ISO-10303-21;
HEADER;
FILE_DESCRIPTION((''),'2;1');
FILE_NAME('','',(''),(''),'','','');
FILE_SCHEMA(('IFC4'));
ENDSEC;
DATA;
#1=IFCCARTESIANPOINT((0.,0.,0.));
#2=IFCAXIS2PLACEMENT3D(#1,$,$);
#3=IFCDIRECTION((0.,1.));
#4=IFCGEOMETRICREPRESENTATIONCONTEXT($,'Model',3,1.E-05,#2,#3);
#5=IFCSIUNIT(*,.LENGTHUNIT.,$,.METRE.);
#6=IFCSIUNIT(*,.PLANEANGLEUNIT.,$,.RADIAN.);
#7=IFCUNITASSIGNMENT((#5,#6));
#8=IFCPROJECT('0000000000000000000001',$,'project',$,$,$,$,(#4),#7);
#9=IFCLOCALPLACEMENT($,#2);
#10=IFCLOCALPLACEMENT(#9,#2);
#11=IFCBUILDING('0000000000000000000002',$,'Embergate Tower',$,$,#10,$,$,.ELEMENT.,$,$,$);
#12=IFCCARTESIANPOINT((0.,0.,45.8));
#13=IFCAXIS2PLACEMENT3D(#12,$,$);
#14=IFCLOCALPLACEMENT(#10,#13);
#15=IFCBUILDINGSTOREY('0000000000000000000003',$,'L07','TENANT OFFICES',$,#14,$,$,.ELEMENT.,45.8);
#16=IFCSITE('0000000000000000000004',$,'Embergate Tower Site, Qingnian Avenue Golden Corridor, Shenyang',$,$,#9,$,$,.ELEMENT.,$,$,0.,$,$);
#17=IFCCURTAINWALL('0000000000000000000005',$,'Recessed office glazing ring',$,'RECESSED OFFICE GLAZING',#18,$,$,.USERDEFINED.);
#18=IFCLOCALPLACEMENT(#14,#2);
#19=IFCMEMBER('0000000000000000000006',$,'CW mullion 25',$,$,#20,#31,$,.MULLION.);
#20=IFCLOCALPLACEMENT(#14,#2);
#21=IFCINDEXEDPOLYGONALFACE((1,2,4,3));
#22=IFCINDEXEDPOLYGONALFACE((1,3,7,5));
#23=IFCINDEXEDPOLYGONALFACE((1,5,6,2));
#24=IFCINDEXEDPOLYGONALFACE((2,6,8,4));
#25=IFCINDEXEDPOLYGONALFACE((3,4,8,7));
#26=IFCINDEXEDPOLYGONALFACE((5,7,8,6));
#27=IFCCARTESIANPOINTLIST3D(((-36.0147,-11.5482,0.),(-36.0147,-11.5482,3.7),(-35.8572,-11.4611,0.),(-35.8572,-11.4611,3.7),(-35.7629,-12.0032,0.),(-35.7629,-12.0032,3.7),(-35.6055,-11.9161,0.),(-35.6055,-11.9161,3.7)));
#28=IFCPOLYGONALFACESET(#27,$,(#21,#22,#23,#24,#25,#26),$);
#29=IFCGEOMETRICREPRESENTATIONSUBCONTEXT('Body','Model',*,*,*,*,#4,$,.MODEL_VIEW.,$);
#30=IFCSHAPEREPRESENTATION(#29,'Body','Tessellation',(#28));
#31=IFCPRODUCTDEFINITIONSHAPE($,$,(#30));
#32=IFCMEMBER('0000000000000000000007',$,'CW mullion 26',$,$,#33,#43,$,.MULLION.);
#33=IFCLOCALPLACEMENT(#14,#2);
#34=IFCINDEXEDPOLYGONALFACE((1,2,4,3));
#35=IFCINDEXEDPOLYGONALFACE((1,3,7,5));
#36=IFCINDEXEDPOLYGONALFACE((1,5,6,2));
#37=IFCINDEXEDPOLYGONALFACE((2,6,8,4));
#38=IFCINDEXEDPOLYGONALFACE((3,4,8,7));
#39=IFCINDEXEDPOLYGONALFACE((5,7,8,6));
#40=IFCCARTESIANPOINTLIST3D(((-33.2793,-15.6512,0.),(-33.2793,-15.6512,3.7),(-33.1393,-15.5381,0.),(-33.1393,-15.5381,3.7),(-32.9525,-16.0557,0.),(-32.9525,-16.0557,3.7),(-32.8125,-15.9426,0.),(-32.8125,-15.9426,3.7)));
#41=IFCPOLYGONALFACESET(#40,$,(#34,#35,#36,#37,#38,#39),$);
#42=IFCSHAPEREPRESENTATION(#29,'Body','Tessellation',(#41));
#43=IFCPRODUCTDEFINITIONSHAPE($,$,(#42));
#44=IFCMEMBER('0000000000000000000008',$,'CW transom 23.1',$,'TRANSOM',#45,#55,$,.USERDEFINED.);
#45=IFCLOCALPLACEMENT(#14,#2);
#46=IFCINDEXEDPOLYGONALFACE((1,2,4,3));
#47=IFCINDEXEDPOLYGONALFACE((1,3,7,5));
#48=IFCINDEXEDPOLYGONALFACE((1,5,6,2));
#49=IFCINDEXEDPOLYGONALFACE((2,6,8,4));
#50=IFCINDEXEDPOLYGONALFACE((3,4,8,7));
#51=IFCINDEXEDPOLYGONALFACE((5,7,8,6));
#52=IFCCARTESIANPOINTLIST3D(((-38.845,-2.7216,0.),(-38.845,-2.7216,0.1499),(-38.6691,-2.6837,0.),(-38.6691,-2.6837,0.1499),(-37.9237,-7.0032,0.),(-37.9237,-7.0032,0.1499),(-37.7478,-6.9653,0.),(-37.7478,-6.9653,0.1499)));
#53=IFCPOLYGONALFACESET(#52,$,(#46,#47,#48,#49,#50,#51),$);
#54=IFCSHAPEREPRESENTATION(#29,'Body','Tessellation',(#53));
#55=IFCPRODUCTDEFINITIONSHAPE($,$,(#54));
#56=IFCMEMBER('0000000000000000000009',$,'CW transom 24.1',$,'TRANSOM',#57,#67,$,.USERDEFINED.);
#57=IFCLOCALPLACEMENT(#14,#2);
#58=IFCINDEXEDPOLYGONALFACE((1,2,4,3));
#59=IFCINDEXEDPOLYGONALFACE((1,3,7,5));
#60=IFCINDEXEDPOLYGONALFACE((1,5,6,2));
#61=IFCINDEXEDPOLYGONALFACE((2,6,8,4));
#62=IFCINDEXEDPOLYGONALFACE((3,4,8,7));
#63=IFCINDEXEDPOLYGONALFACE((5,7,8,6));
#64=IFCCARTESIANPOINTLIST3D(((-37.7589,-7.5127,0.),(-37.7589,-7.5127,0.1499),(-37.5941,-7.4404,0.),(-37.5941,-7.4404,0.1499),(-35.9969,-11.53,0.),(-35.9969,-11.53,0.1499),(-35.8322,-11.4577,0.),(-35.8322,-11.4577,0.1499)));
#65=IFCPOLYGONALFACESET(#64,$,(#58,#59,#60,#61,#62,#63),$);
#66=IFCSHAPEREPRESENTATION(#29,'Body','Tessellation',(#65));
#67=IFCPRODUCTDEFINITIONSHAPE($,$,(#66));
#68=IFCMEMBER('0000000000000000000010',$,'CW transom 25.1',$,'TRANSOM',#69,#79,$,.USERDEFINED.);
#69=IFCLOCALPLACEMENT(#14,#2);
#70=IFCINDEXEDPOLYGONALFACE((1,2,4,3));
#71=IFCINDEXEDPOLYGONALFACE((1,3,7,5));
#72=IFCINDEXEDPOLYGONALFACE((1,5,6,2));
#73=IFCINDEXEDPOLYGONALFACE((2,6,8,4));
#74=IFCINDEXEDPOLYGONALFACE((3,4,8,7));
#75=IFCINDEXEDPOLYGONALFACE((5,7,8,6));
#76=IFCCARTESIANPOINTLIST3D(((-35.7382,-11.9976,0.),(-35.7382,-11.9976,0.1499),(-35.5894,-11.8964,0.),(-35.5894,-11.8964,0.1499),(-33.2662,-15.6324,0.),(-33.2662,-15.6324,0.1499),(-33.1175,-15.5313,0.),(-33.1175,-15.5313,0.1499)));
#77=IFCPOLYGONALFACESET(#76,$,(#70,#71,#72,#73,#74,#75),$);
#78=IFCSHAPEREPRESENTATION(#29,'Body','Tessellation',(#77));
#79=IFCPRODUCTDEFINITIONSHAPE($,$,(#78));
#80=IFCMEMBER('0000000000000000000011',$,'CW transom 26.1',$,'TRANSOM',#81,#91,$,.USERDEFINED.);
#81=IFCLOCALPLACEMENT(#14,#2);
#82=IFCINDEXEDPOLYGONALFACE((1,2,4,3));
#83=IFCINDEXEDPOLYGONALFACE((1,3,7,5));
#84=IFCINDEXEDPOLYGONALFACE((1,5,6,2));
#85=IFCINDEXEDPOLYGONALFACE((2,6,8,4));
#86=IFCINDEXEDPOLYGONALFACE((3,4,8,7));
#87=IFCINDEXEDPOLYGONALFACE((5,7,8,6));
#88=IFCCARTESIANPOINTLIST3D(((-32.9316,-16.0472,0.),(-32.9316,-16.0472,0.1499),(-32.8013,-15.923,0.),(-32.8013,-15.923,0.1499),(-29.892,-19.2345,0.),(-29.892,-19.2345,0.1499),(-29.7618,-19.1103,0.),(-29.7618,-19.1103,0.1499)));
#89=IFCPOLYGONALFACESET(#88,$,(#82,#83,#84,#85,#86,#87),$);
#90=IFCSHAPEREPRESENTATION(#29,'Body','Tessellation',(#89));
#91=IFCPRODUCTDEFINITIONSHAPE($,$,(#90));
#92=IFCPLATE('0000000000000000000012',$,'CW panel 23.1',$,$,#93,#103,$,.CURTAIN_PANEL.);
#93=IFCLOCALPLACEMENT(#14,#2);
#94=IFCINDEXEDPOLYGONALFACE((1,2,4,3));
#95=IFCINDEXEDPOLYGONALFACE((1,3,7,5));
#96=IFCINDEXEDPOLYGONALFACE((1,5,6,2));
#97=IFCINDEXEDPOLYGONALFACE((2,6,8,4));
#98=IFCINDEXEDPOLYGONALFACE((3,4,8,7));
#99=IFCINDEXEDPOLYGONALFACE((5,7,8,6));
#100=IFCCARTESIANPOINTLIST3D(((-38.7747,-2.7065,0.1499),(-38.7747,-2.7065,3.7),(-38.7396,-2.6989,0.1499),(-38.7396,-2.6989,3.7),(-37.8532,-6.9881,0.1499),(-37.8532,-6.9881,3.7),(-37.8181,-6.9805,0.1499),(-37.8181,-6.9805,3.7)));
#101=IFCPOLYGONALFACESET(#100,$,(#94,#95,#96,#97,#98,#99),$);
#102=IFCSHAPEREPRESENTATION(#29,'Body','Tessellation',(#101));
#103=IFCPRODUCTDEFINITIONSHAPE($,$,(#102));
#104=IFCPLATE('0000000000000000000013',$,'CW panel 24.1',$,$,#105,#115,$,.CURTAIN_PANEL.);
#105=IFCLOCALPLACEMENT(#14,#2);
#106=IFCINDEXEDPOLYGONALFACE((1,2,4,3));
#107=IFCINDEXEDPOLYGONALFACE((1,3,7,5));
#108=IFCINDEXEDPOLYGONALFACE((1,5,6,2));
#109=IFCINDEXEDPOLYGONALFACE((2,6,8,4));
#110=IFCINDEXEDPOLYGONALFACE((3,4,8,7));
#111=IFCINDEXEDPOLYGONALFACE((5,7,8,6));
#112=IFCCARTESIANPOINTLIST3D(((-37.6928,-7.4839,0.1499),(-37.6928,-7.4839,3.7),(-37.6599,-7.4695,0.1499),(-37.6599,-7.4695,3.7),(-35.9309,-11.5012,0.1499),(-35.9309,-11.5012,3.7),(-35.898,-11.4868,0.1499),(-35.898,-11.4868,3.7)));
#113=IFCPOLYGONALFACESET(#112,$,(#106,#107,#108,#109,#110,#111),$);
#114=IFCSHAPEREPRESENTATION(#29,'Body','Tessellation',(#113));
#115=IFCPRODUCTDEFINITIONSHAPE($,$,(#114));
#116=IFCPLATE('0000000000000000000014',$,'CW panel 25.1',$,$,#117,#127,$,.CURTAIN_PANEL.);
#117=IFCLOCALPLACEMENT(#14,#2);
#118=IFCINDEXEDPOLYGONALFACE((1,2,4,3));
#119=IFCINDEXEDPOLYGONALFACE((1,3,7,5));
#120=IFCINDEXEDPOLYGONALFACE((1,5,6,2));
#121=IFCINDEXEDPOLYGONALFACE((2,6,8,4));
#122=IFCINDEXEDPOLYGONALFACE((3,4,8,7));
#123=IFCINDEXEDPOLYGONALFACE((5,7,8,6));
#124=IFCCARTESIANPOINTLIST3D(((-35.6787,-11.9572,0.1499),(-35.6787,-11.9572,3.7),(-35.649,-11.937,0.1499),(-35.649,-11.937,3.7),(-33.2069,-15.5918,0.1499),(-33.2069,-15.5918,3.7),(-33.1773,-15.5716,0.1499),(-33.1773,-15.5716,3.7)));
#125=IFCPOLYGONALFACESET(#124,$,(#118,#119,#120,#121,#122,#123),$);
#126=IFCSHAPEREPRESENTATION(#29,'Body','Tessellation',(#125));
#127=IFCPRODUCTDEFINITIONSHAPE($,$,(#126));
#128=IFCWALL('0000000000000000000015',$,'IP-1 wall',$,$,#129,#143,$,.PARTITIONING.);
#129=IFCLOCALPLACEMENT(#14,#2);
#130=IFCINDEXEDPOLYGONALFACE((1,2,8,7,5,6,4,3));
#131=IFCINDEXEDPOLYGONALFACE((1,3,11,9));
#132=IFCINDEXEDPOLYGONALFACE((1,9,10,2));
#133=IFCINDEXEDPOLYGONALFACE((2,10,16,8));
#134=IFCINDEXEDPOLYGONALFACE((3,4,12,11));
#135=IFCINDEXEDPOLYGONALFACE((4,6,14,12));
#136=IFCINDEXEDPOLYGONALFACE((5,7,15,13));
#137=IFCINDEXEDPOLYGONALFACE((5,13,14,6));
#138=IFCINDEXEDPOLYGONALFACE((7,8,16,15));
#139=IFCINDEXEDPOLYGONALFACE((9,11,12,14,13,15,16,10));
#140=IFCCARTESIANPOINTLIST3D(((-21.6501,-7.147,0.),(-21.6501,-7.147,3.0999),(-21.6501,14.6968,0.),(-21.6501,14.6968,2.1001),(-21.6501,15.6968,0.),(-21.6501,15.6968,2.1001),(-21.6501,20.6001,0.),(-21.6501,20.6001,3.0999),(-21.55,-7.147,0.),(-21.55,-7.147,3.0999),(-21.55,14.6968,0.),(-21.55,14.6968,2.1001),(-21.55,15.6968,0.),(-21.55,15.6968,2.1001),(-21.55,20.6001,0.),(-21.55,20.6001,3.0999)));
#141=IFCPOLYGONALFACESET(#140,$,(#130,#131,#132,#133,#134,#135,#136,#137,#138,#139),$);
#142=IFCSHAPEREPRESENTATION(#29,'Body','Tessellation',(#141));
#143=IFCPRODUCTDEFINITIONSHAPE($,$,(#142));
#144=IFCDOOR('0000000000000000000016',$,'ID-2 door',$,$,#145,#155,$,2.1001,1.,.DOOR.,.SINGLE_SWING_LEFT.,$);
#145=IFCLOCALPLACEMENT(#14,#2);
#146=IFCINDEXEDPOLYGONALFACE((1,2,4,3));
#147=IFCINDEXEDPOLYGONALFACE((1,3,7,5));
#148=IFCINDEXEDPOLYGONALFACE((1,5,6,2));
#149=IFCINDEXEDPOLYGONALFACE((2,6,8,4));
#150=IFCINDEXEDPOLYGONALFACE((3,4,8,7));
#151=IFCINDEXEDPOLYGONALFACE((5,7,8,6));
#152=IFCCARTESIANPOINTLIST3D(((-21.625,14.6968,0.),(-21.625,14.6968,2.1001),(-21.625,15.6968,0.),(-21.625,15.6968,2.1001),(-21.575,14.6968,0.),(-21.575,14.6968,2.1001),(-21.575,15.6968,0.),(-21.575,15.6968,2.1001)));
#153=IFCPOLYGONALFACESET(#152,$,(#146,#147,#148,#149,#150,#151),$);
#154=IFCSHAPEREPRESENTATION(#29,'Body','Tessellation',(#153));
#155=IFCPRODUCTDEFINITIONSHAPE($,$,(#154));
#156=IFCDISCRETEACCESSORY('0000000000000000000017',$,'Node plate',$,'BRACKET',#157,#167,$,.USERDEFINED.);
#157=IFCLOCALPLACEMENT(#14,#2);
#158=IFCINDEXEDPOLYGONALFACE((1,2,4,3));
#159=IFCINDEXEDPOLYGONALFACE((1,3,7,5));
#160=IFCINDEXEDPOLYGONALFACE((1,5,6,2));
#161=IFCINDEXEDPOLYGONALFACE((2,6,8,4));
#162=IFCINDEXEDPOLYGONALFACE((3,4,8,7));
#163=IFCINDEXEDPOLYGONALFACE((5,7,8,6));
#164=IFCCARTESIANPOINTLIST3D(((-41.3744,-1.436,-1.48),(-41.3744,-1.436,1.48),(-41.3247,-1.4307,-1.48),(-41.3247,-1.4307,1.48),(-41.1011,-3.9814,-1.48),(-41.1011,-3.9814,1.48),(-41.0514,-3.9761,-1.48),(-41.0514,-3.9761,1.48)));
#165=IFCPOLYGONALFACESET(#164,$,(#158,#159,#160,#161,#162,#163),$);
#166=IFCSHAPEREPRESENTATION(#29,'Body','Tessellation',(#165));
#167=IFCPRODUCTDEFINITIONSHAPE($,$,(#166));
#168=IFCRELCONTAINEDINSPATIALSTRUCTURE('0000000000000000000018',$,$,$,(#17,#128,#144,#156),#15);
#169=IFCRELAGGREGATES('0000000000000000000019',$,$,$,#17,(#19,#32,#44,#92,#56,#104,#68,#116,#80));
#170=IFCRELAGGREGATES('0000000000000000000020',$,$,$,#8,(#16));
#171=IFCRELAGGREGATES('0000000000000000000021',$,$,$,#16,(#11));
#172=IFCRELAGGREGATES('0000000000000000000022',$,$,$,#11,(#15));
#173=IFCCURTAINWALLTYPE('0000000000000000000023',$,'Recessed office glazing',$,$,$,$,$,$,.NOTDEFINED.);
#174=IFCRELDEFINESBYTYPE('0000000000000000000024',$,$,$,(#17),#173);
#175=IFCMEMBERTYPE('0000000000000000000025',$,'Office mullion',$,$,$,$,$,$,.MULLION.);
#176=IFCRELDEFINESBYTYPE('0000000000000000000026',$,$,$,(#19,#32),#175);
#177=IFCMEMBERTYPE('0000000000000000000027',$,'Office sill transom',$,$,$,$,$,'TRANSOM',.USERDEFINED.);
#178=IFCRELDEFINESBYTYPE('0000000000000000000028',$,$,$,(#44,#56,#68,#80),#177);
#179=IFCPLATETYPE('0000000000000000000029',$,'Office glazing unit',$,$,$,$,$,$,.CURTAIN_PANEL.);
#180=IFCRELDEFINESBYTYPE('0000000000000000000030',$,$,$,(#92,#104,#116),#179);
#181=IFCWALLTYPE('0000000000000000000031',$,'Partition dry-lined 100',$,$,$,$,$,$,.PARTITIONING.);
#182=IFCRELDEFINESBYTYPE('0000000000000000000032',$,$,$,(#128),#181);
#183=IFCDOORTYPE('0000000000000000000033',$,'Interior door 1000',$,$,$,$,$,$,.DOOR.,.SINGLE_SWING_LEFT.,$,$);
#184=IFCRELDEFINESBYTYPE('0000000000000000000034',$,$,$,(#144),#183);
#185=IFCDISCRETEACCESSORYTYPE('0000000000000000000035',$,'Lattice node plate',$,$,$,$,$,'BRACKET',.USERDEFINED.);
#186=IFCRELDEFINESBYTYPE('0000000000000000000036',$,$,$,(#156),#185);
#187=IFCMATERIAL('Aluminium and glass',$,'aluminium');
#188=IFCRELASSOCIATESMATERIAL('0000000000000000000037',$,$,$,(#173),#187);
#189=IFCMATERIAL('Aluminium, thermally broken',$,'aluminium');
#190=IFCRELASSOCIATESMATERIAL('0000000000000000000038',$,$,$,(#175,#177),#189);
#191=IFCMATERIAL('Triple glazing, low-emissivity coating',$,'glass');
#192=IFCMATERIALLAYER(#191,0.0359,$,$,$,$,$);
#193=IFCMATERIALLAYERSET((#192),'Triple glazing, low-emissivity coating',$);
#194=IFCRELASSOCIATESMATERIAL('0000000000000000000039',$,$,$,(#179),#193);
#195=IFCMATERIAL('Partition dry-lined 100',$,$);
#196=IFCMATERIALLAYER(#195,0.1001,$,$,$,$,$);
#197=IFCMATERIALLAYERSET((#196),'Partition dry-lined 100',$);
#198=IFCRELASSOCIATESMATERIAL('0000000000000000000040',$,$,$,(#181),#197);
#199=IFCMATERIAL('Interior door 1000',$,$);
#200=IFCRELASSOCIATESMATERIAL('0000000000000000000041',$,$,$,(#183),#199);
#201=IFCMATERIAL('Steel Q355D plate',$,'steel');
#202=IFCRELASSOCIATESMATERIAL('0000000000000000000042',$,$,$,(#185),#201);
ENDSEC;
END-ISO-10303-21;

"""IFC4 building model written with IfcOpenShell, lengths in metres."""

from ifc_helpers import new_model, si_unit, direction, frame, frame_2d, origin, origin_2d, place, context, subcontext, project, spatial, rectangle, extrude, source, transform, mapped, material, layer, layer_set, material_profile, profile_set, type_object, element, fill, aggregate, save


model = new_model("IFC4")

# Units and contexts
model_context = context("Model", 3, precision=1e-05, world=origin(), true_north=direction((0.0, 1.0)))
body_context = subcontext(model_context, "Body", "Model", "MODEL_VIEW")
ifc_project = project(units=[si_unit("LENGTHUNIT", "METRE"), si_unit("PLANEANGLEUNIT", "RADIAN")], contexts=[model_context])

# Site, building, storey
site_placement = place(None, origin())
site = spatial("IfcSite", under=ifc_project, at=site_placement, Name="Embergate Tower Site, Qingnian Avenue Golden Corridor, Shenyang", CompositionType="ELEMENT", RefElevation=0.0)
building_placement = place(site_placement, origin())
building = spatial("IfcBuilding", under=site, at=building_placement, Name="Embergate Tower", CompositionType="ELEMENT")
storey_placement = place(building_placement, frame((0.0, 0.0, 45.8)))
storey = spatial("IfcBuildingStorey", under=building, at=storey_placement, Name="L07", Description="TENANT OFFICES", CompositionType="ELEMENT", Elevation=45.8)

# Curtain wall, members, plates
ifc_material_1 = material(Name="Aluminium and glass", Category="aluminium")
curtain_wall_type = type_object("IfcCurtainWallType", Name="Recessed office glazing", PredefinedType="NOTDEFINED", material=ifc_material_1)
curtain_wall_placement = place(storey_placement, origin())
curtain_wall = element("IfcCurtainWall", 1, at=curtain_wall_placement, inside=storey, type_object=curtain_wall_type, Name="Recessed office glazing ring", ObjectType="RECESSED OFFICE GLAZING", PredefinedType="USERDEFINED")
ifc_material_2 = material(Name="Aluminium, thermally broken", Category="aluminium")
ifc_material_profile_1 = material_profile(ifc_material_2, rectangle(XDim=0.1799, YDim=0.52, at=origin_2d()), Name="AL 520x180")
ifc_profile_set_1 = profile_set([ifc_material_profile_1], Name="Aluminium, thermally broken")
member_type_1 = type_object("IfcMemberType", Name="Office mullion", PredefinedType="MULLION", material=ifc_profile_set_1)
shared_shape_1 = source(origin(), body_context, "Body", "SweptSolid", [
    extrude(rectangle(XDim=0.1799, YDim=0.52, at=origin_2d()), origin(), (0.0, 0.0, 1.0), 3.7),
])
member_1_placement = place(storey_placement, frame((-35.8101, -11.7322, 0.0), z_axis=(0.0, 0.0, 1.0), x_axis=(0.875004, 0.484115, 0.0)))
member_1 = element("IfcMember", 2, at=member_1_placement, type_object=member_type_1, Name="CW mullion 25", PredefinedType="MULLION", context=body_context, shape_type="MappedRepresentation", body=[
    mapped(shared_shape_1, transform((0.0, 0.0, 0.0))),
])
member_2_placement = place(storey_placement, frame((-33.0459, -15.7969, 0.0), z_axis=(0.0, 0.0, 1.0), x_axis=(0.777876, 0.628418, 0.0)))
member_2 = element("IfcMember", 3, at=member_2_placement, type_object=member_type_1, Name="CW mullion 26", PredefinedType="MULLION", context=body_context, shape_type="MappedRepresentation", body=[
    mapped(shared_shape_1, transform((0.0, 0.0, 0.0))),
])
ifc_material_profile_2 = material_profile(ifc_material_2, rectangle(XDim=0.1799, YDim=0.1499, at=origin_2d()), Name="AL 150x180")
ifc_profile_set_2 = profile_set([ifc_material_profile_2], Name="Aluminium, thermally broken")
member_type_2 = type_object("IfcMemberType", Name="Office sill transom", ElementType="TRANSOM", PredefinedType="USERDEFINED", material=ifc_profile_set_2)
shared_shape_2 = source(origin(), body_context, "Body", "SweptSolid", [
    extrude(rectangle(XDim=0.1799, YDim=0.1499, at=origin_2d()), origin(), (0.0, 0.0, 1.0), 4.3796),
])
member_3_placement = place(storey_placement, frame((-38.7571, -2.7026, 0.075), z_axis=(0.210374, -0.977621, 0.0), x_axis=(0.977621, 0.210374, 0.0)))
member_3 = element("IfcMember", 4, at=member_3_placement, type_object=member_type_2, Name="CW transom 23.1", ObjectType="TRANSOM", PredefinedType="USERDEFINED", context=body_context, shape_type="MappedRepresentation", body=[
    mapped(shared_shape_2, transform((0.0, 0.0, 0.0))),
])
shared_shape_3 = source(origin(), body_context, "Body", "SweptSolid", [
    extrude(rectangle(XDim=0.1799, YDim=0.1499, at=origin_2d()), origin(), (0.0, 0.0, 1.0), 4.3867),
])
member_4_placement = place(storey_placement, frame((-37.6765, -7.4766, 0.075), z_axis=(0.401657, -0.91579, 0.0), x_axis=(0.91579, 0.401657, 0.0)))
member_4 = element("IfcMember", 5, at=member_4_placement, type_object=member_type_2, Name="CW transom 24.1", ObjectType="TRANSOM", PredefinedType="USERDEFINED", context=body_context, shape_type="MappedRepresentation", body=[
    mapped(shared_shape_3, transform((0.0, 0.0, 0.0))),
])
shared_shape_4 = source(origin(), body_context, "Body", "SweptSolid", [
    extrude(rectangle(XDim=0.1799, YDim=0.1499, at=origin_2d()), origin(), (0.0, 0.0, 1.0), 4.3958),
])
member_5_placement = place(storey_placement, frame((-35.6638, -11.947, 0.075), z_axis=(0.562354, -0.826897, 0.0), x_axis=(0.826897, 0.562354, 0.0)))
member_5 = element("IfcMember", 6, at=member_5_placement, type_object=member_type_2, Name="CW transom 25.1", ObjectType="TRANSOM", PredefinedType="USERDEFINED", context=body_context, shape_type="MappedRepresentation", body=[
    mapped(shared_shape_4, transform((0.0, 0.0, 0.0))),
])
shared_shape_5 = source(origin(), body_context, "Body", "SweptSolid", [
    extrude(rectangle(XDim=0.1799, YDim=0.1499, at=origin_2d()), origin(), (0.0, 0.0, 1.0), 4.4043),
])
member_6_placement = place(storey_placement, frame((-32.8665, -15.9851, 0.075), z_axis=(0.690139, -0.723676, 0.0), x_axis=(0.723676, 0.690139, 0.0)))
member_6 = element("IfcMember", 7, at=member_6_placement, type_object=member_type_2, Name="CW transom 26.1", ObjectType="TRANSOM", PredefinedType="USERDEFINED", context=body_context, shape_type="MappedRepresentation", body=[
    mapped(shared_shape_5, transform((0.0, 0.0, 0.0))),
])
ifc_material_3 = material(Name="Triple glazing, low-emissivity coating", Category="glass")
ifc_layer_1 = layer(ifc_material_3, 0.0359)
ifc_layer_set_1 = layer_set([ifc_layer_1], Name="Triple glazing, low-emissivity coating")
plate_type = type_object("IfcPlateType", Name="Office glazing unit", PredefinedType="CURTAIN_PANEL", material=ifc_layer_set_1)
shared_shape_6 = source(origin(), body_context, "Body", "SweptSolid", [
    extrude(rectangle(XDim=4.3796, YDim=0.0359, at=origin_2d()), origin(), (0.0, 0.0, 1.0), 3.55),
])
plate_1_placement = place(storey_placement, frame((-38.2964, -4.8435, 0.1499), z_axis=(0.0, 0.0, 1.0), x_axis=(0.210398, -0.977616, 0.0)))
plate_1 = element("IfcPlate", 8, at=plate_1_placement, type_object=plate_type, Name="CW panel 23.1", PredefinedType="CURTAIN_PANEL", context=body_context, shape_type="MappedRepresentation", body=[
    mapped(shared_shape_6, transform((0.0, 0.0, 0.0))),
])
shared_shape_7 = source(origin(), body_context, "Body", "SweptSolid", [
    extrude(rectangle(XDim=4.3867, YDim=0.0359, at=origin_2d()), origin(), (0.0, 0.0, 1.0), 3.55),
])
plate_2_placement = place(storey_placement, frame((-36.7954, -9.4854, 0.1499), z_axis=(0.0, 0.0, 1.0), x_axis=(0.401652, -0.915792, 0.0)))
plate_2 = element("IfcPlate", 9, at=plate_2_placement, type_object=plate_type, Name="CW panel 24.1", PredefinedType="CURTAIN_PANEL", context=body_context, shape_type="MappedRepresentation", body=[
    mapped(shared_shape_7, transform((0.0, 0.0, 0.0))),
])
shared_shape_8 = source(origin(), body_context, "Body", "SweptSolid", [
    extrude(rectangle(XDim=4.3955, YDim=0.0359, at=origin_2d()), origin(), (0.0, 0.0, 1.0), 3.55),
])
plate_3_placement = place(storey_placement, frame((-34.428, -13.7644, 0.1499), z_axis=(0.0, 0.0, 1.0), x_axis=(0.562342, -0.826905, 0.0)))
plate_3 = element("IfcPlate", 10, at=plate_3_placement, type_object=plate_type, Name="CW panel 25.1", PredefinedType="CURTAIN_PANEL", context=body_context, shape_type="MappedRepresentation", body=[
    mapped(shared_shape_8, transform((0.0, 0.0, 0.0))),
])
aggregate(curtain_wall, [member_1, member_2, member_3, plate_1, member_4, plate_2, member_5, plate_3, member_6])

# Wall, opening, door
ifc_material_4 = material(Name="Partition dry-lined 100")
ifc_layer_2 = layer(ifc_material_4, 0.1001)
ifc_layer_set_2 = layer_set([ifc_layer_2], Name="Partition dry-lined 100")
wall_type = type_object("IfcWallType", Name="Partition dry-lined 100", PredefinedType="PARTITIONING", material=ifc_layer_set_2)
shared_shape_9 = source(origin(), body_context, "Body", "SweptSolid", [
    extrude(rectangle(XDim=27.7471, YDim=0.1001, at=frame_2d((13.8735, 0.0))), origin(), (0.0, 0.0, 1.0), 3.0999),
])
wall_placement = place(storey_placement, frame((-21.6001, -7.147, 0.0), z_axis=(0.0, 0.0, 1.0), x_axis=(0.0, 1.0, 0.0)))
wall = element("IfcWall", 11, at=wall_placement, inside=storey, type_object=wall_type, Name="IP-1 wall", PredefinedType="PARTITIONING", context=body_context, shape_type="MappedRepresentation", body=[
    mapped(shared_shape_9, transform((0.0, 0.0, 0.0))),
])
shared_shape_10 = source(origin(), body_context, "Body", "SweptSolid", [
    extrude(rectangle(XDim=1.0, YDim=2.1001, at=frame_2d((0.5, 1.05))), frame((0.0, 0.0601, 0.0), z_axis=(0.0, -1.0, 0.0), x_axis=(1.0, 0.0, 0.0)), (0.0, 0.0, 1.0), 0.1201),
])
opening_placement = place(wall_placement, frame((21.8438, 0.0, 0.0)))
opening = element("IfcOpeningElement", 12, at=opening_placement, cuts=wall, PredefinedType="OPENING", context=body_context, shape_type="MappedRepresentation", body=[
    mapped(shared_shape_10, transform((0.0, 0.0, 0.0))),
])
ifc_material_5 = material(Name="Interior door 1000")
door_type = type_object("IfcDoorType", Name="Interior door 1000", OperationType="SINGLE_SWING_LEFT", PredefinedType="DOOR", material=ifc_material_5)
shared_shape_11 = source(origin(), body_context, "Body", "SweptSolid", [
    extrude(rectangle(XDim=1.0, YDim=2.1001, at=frame_2d((0.5, 1.05))), frame((0.0, 0.0249, 0.0), z_axis=(0.0, -1.0, 0.0), x_axis=(1.0, 0.0, 0.0)), (0.0, 0.0, 1.0), 0.05),
])
door_placement = place(opening_placement, origin())
door = element("IfcDoor", 13, at=door_placement, inside=storey, type_object=door_type, Name="ID-2 door", OperationType="SINGLE_SWING_LEFT", OverallHeight=2.1001, OverallWidth=1.0, PredefinedType="DOOR", context=body_context, shape_type="MappedRepresentation", body=[
    mapped(shared_shape_11, transform((0.0, 0.0, 0.0))),
])
fill(opening, door)

# Discrete accessory
ifc_material_6 = material(Name="Steel Q355D plate", Category="steel")
discrete_accessory_type = type_object("IfcDiscreteAccessoryType", Name="Lattice node plate", ElementType="BRACKET", PredefinedType="USERDEFINED", material=ifc_material_6)
shared_shape_12 = source(origin(), body_context, "Body", "SweptSolid", [
    extrude(rectangle(XDim=2.5601, YDim=0.05, at=origin_2d()), origin(), (0.0, 0.0, 1.0), 2.96),
])
discrete_accessory_placement = place(storey_placement, frame((-41.2129, -2.7061, -1.48), z_axis=(0.0, 0.0, 1.0), x_axis=(0.10675, -0.994286, 0.0)))
element("IfcDiscreteAccessory", 14, at=discrete_accessory_placement, inside=storey, type_object=discrete_accessory_type, Name="Node plate", ObjectType="BRACKET", PredefinedType="USERDEFINED", context=body_context, shape_type="MappedRepresentation", body=[
    mapped(shared_shape_12, transform((0.0, 0.0, 0.0))),
])

save(model, "model.ifc")
